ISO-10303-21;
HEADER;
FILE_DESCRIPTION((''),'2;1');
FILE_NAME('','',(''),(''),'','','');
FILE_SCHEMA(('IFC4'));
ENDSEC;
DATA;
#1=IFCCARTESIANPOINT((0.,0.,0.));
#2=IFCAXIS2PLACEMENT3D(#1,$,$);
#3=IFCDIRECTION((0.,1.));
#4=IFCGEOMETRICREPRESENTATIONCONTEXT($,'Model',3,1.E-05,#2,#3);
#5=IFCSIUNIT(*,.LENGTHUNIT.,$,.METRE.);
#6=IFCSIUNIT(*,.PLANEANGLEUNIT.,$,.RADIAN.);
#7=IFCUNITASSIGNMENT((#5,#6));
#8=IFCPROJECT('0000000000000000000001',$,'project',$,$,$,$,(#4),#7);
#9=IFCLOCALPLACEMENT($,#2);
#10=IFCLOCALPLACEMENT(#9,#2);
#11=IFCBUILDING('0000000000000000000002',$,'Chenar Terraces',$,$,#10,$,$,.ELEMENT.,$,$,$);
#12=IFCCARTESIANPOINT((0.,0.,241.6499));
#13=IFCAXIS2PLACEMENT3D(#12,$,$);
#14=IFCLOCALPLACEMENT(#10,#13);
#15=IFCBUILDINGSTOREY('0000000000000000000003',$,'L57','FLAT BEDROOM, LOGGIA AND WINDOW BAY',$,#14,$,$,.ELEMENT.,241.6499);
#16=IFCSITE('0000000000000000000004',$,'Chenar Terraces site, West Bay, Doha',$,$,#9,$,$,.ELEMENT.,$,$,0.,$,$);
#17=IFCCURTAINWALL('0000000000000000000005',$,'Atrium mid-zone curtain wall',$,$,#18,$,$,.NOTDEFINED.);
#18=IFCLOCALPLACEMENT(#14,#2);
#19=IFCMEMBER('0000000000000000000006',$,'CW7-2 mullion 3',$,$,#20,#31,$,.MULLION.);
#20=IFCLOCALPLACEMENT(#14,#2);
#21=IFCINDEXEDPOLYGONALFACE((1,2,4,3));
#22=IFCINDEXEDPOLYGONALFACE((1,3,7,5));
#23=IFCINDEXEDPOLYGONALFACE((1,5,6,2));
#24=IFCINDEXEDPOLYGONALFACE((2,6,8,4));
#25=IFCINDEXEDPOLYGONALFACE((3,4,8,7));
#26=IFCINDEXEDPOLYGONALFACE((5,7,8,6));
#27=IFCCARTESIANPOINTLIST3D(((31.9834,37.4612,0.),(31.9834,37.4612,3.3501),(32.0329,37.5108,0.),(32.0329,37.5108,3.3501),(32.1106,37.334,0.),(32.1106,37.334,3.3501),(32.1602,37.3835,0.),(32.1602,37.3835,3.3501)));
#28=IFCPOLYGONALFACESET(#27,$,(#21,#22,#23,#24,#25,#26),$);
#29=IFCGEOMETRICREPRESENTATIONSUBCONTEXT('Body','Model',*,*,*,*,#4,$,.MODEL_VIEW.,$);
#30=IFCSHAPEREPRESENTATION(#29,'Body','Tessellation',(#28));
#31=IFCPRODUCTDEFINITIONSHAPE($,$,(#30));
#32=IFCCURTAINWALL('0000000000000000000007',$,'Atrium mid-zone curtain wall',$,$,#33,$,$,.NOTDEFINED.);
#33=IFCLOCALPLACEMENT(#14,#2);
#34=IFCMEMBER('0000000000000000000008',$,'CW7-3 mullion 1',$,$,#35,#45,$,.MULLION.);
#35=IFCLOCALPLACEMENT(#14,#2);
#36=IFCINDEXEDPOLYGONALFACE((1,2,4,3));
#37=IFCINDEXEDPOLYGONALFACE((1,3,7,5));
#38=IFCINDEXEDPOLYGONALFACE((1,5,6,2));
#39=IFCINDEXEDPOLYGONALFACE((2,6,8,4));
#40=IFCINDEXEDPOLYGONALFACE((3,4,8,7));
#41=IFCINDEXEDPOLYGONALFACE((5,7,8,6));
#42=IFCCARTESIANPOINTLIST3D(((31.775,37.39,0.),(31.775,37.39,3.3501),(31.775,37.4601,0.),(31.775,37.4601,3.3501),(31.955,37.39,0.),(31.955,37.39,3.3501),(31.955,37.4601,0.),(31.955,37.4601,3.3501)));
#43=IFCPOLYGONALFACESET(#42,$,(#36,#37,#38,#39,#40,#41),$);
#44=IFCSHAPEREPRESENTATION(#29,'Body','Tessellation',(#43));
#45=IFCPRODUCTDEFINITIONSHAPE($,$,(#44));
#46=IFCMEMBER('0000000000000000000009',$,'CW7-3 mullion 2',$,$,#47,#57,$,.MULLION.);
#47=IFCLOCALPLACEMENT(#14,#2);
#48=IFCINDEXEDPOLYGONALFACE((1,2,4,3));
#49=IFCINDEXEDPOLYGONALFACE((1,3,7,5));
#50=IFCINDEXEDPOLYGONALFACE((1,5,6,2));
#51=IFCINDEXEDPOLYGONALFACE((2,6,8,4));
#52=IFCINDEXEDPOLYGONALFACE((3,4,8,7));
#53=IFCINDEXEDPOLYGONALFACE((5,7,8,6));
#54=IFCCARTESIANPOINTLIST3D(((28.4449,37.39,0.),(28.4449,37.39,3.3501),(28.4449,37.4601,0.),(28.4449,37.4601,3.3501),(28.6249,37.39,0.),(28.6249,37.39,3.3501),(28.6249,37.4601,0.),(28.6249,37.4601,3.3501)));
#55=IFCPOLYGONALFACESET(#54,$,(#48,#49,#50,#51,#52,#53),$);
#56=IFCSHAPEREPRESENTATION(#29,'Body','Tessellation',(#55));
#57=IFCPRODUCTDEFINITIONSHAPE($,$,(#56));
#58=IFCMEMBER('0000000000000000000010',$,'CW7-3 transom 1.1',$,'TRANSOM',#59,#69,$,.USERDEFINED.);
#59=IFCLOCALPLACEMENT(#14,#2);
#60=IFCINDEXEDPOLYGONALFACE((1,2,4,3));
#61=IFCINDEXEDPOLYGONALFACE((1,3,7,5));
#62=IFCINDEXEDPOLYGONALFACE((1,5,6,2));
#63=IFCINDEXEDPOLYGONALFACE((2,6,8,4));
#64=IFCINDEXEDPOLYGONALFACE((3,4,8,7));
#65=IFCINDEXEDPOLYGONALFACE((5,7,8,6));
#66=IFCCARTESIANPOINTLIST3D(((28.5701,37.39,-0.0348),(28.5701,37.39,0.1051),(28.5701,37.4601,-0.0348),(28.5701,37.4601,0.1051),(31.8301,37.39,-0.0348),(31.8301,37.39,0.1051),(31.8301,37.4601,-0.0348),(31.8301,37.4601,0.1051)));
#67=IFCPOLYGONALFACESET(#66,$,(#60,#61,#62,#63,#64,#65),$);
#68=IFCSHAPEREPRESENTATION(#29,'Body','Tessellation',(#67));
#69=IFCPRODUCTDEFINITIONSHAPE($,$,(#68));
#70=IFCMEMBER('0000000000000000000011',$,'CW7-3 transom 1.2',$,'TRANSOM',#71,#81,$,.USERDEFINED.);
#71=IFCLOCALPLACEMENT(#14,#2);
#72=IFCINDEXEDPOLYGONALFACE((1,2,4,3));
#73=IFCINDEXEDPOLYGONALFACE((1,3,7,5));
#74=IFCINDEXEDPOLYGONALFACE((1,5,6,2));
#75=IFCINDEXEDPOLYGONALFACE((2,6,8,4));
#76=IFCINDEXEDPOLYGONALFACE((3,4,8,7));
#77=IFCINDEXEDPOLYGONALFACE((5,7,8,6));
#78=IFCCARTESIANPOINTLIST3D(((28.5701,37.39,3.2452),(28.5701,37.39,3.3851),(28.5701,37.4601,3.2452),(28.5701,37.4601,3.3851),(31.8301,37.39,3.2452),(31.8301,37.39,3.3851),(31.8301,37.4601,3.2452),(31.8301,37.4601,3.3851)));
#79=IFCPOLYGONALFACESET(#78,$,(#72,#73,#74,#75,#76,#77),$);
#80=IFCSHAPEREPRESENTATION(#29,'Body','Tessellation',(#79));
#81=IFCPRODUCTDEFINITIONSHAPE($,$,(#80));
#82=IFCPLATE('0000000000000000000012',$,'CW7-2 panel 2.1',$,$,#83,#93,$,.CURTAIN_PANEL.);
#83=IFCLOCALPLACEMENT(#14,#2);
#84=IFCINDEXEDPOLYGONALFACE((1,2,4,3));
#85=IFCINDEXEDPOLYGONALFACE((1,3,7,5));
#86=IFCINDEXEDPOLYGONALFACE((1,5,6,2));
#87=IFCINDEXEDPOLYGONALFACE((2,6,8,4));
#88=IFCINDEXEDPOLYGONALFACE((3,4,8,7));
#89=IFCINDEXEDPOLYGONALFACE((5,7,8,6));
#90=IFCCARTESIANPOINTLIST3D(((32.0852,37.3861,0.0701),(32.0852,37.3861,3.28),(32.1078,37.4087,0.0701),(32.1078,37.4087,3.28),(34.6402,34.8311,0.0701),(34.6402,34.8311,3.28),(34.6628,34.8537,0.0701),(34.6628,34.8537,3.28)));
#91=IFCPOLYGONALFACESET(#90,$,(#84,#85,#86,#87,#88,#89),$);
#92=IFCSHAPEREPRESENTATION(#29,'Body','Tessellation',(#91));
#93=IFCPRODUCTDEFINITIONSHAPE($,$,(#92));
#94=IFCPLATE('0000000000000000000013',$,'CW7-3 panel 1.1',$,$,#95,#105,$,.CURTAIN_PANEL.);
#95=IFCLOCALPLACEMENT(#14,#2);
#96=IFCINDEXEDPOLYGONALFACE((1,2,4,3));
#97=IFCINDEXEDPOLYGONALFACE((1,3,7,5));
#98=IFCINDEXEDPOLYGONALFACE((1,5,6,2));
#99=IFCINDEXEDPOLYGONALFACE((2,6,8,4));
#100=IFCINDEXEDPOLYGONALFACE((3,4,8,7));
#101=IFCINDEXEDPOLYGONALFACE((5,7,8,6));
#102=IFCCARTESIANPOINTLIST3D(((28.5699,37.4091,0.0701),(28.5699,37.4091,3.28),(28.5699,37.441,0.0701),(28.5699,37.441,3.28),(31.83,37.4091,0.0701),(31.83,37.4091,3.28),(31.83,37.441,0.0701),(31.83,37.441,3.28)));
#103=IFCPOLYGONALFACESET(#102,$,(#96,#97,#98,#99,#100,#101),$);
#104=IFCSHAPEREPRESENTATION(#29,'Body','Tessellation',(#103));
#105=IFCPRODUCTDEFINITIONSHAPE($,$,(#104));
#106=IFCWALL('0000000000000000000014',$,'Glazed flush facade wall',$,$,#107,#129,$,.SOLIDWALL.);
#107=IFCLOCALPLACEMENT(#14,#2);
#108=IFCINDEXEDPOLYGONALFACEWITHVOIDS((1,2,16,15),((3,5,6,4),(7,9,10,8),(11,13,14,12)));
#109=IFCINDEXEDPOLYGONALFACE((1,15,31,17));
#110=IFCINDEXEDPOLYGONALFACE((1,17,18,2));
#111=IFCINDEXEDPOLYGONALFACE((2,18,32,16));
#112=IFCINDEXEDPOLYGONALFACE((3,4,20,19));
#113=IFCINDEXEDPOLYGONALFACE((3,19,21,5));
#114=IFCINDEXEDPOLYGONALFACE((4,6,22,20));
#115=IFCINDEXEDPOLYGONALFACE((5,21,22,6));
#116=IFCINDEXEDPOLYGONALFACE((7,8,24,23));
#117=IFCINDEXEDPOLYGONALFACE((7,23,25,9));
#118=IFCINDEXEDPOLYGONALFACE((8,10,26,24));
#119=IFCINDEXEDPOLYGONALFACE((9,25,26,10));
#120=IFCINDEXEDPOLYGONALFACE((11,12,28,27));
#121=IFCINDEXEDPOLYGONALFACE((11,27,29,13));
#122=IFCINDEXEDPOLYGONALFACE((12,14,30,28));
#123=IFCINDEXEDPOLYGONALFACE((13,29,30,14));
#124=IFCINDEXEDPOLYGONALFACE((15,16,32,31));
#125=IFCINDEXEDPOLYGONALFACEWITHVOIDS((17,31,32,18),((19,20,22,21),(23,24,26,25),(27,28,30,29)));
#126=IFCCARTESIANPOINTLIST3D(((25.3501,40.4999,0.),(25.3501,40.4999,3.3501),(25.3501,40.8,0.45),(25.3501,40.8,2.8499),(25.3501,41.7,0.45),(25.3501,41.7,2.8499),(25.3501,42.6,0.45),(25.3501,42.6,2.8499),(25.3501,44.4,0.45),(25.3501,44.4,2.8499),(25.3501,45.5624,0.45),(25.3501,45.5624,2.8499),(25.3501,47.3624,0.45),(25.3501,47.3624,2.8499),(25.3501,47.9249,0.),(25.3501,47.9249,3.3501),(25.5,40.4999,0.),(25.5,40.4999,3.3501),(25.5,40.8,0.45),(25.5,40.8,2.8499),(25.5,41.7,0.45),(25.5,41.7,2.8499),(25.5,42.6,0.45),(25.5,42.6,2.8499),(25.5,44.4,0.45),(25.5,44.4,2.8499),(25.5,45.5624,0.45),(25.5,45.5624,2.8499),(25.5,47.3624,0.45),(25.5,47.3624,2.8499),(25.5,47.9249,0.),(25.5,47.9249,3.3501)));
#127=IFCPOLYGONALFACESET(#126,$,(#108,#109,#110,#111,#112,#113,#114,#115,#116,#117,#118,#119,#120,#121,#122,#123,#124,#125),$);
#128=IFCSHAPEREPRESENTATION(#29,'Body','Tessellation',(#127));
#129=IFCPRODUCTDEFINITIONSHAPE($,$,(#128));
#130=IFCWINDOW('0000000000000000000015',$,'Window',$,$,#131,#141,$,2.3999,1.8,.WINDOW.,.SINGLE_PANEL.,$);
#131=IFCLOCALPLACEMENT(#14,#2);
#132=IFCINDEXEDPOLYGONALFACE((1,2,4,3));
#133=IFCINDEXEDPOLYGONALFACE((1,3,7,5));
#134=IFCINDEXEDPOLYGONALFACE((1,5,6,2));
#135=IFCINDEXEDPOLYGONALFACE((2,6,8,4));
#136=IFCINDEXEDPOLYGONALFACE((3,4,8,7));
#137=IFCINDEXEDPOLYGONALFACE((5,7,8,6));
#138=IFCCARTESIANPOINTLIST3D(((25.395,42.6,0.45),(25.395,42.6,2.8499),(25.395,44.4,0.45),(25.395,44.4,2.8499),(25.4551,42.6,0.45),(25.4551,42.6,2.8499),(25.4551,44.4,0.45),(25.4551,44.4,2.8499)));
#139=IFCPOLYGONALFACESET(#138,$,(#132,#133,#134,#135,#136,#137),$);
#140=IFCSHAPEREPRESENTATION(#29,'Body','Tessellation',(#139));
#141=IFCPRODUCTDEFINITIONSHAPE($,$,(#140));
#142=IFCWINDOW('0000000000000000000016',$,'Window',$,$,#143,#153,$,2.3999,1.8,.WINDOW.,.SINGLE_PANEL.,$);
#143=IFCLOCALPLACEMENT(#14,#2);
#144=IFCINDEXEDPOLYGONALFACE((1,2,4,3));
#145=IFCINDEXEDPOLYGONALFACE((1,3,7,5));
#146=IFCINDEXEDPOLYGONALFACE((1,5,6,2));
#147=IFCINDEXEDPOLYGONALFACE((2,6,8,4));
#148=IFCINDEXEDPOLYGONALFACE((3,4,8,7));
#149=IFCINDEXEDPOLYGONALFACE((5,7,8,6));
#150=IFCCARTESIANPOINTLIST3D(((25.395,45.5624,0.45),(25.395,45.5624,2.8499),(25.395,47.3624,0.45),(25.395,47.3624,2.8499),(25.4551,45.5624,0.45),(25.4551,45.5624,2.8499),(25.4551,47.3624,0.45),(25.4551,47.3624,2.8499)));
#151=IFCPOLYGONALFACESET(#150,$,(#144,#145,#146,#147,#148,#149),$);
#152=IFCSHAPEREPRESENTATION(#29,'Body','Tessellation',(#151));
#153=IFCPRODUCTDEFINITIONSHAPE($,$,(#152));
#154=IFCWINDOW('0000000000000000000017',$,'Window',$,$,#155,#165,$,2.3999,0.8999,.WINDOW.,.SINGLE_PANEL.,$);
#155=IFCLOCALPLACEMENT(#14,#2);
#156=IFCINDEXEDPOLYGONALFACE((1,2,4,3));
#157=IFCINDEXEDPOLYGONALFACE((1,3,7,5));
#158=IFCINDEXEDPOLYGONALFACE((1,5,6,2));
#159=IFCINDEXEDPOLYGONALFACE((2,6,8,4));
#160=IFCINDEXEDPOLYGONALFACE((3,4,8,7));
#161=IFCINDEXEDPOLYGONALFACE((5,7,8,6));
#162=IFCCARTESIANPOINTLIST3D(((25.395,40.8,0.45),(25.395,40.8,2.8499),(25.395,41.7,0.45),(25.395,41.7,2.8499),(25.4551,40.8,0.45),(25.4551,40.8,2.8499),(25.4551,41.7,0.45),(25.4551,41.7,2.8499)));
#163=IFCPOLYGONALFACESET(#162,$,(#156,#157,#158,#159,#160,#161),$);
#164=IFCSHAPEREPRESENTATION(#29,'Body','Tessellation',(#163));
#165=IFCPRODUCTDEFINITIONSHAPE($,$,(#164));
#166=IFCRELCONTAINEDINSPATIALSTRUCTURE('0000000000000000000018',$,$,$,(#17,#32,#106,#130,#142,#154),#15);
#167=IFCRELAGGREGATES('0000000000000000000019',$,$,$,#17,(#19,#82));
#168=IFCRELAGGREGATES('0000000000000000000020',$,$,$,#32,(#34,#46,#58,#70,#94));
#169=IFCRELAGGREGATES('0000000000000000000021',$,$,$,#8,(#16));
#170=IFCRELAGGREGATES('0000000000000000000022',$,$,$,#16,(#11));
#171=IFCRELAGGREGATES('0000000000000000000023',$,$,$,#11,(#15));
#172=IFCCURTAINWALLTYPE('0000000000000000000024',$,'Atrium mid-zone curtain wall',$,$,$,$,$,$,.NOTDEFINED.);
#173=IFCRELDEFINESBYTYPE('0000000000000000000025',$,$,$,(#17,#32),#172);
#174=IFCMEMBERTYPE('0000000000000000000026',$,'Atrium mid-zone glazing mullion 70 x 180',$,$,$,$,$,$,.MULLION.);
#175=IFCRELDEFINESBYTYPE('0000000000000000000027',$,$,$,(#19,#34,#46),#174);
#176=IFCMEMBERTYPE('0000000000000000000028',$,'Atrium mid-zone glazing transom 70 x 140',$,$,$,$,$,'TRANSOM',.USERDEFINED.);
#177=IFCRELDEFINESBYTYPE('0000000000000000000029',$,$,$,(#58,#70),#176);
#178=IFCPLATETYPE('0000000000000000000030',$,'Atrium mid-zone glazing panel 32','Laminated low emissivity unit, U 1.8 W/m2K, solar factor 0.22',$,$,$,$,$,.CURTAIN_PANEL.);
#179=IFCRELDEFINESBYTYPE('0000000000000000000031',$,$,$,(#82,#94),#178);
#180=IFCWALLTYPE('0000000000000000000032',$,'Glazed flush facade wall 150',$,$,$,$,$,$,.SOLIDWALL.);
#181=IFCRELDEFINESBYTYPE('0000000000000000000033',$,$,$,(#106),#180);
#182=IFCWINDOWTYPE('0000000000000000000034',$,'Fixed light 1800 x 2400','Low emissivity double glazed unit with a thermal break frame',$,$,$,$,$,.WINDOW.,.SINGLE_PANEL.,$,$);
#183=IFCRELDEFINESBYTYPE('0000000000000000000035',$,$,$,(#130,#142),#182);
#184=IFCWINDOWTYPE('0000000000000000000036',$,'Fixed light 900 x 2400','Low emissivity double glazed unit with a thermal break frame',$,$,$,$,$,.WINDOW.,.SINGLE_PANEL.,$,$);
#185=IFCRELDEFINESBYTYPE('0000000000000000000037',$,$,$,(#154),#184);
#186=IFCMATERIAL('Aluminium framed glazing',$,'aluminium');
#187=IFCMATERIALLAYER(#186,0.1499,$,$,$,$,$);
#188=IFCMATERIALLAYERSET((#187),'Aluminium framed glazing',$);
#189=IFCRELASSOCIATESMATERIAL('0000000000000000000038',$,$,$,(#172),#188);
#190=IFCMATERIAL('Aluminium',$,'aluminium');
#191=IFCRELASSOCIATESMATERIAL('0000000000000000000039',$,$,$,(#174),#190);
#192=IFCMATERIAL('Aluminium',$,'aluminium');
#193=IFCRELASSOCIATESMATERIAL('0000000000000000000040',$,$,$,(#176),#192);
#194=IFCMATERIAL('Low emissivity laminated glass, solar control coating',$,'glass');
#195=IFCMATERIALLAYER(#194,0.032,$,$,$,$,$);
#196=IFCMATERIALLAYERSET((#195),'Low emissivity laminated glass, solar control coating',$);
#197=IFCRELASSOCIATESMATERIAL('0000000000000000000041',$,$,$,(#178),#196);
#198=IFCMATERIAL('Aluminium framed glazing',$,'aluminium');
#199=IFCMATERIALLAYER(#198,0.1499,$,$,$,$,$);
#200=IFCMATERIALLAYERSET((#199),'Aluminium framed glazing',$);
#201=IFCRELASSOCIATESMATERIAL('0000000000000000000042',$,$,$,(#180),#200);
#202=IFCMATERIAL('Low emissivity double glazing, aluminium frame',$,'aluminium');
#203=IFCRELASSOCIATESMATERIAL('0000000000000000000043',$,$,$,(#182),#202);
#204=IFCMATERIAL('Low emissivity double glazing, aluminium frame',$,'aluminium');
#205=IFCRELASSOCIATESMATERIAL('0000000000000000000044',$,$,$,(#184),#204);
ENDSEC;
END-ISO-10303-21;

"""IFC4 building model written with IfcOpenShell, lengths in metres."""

from ifc_helpers import new_model, si_unit, direction, frame, frame_2d, origin, origin_2d, place, context, subcontext, project, spatial, rectangle, extrude, material, layer, layer_set, material_profile, profile_set, type_object, element, fill, aggregate, save


model = new_model("IFC4")

# Units and contexts
model_context = context("Model", 3, precision=1e-05, world=origin(), true_north=direction((0.0, 1.0)))
body_context = subcontext(model_context, "Body", "Model", "MODEL_VIEW")
ifc_project = project(units=[si_unit("LENGTHUNIT", "METRE"), si_unit("PLANEANGLEUNIT", "RADIAN")], contexts=[model_context])

# Site, building, storey
site_placement = place(None, origin())
site = spatial("IfcSite", under=ifc_project, at=site_placement, Name="Chenar Terraces site, West Bay, Doha", CompositionType="ELEMENT", RefElevation=0.0)
building_placement = place(site_placement, origin())
building = spatial("IfcBuilding", under=site, at=building_placement, Name="Chenar Terraces", CompositionType="ELEMENT")
storey_placement = place(building_placement, frame((0.0, 0.0, 241.6499)))
storey = spatial("IfcBuildingStorey", under=building, at=storey_placement, Name="L57", Description="FLAT BEDROOM, LOGGIA AND WINDOW BAY", CompositionType="ELEMENT", Elevation=241.6499)

# Curtain wall, member
ifc_material_1 = material(Name="Aluminium framed glazing", Category="aluminium")
ifc_layer_1 = layer(ifc_material_1, 0.1499)
ifc_layer_set_1 = layer_set([ifc_layer_1], Name="Aluminium framed glazing")
curtain_wall_type = type_object("IfcCurtainWallType", Name="Atrium mid-zone curtain wall", PredefinedType="NOTDEFINED", material=ifc_layer_set_1)
placement = place(storey_placement, origin())
curtain_wall_1 = element("IfcCurtainWall", 1, at=placement, inside=storey, type_object=curtain_wall_type, Name="Atrium mid-zone curtain wall", PredefinedType="NOTDEFINED")
ifc_material_2 = material(Name="Aluminium", Category="aluminium")
ifc_material_profile_1 = material_profile(ifc_material_2, rectangle(XDim=0.0701, YDim=0.1799, at=origin_2d()), Name="Atrium mid-zone glazing mullion 70 x 180")
ifc_profile_set_1 = profile_set([ifc_material_profile_1], Name="Aluminium")
member_type_1 = type_object("IfcMemberType", Name="Atrium mid-zone glazing mullion 70 x 180", PredefinedType="MULLION", material=ifc_profile_set_1)
member_1_placement = place(storey_placement, frame((32.0718, 37.4224, 0.0), z_axis=(0.0, 0.0, 1.0), x_axis=(-0.707107, -0.707107, 0.0)))
member_1 = element("IfcMember", 2, at=member_1_placement, type_object=member_type_1, Name="CW7-2 mullion 3", PredefinedType="MULLION", context=body_context, shape_type="SweptSolid", body=[
    extrude(rectangle(XDim=0.0701, YDim=0.1799, at=origin_2d()), origin(), (0.0, 0.0, 1.0), 3.3501),
])

# Curtain wall, members
curtain_wall_2 = element("IfcCurtainWall", 3, at=placement, inside=storey, type_object=curtain_wall_type, Name="Atrium mid-zone curtain wall", PredefinedType="NOTDEFINED")
member_2_placement = place(storey_placement, frame((31.865, 37.425, 0.0), z_axis=(0.0, 0.0, 1.0), x_axis=(0.0, -1.0, 0.0)))
member_2 = element("IfcMember", 4, at=member_2_placement, type_object=member_type_1, Name="CW7-3 mullion 1", PredefinedType="MULLION", context=body_context, shape_type="SweptSolid", body=[
    extrude(rectangle(XDim=0.0701, YDim=0.1799, at=origin_2d()), origin(), (0.0, 0.0, 1.0), 3.3501),
])
member_3_placement = place(storey_placement, frame((28.5349, 37.425, 0.0), z_axis=(0.0, 0.0, 1.0), x_axis=(0.0, -1.0, 0.0)))
member_3 = element("IfcMember", 5, at=member_3_placement, type_object=member_type_1, Name="CW7-3 mullion 2", PredefinedType="MULLION", context=body_context, shape_type="SweptSolid", body=[
    extrude(rectangle(XDim=0.0701, YDim=0.1799, at=origin_2d()), origin(), (0.0, 0.0, 1.0), 3.3501),
])
ifc_material_3 = material(Name="Aluminium", Category="aluminium")
ifc_material_profile_2 = material_profile(ifc_material_3, rectangle(XDim=0.0701, YDim=0.1399, at=origin_2d()), Name="Atrium mid-zone glazing transom 70 x 140")
ifc_profile_set_2 = profile_set([ifc_material_profile_2], Name="Aluminium")
member_type_2 = type_object("IfcMemberType", Name="Atrium mid-zone glazing transom 70 x 140", ElementType="TRANSOM", PredefinedType="USERDEFINED", material=ifc_profile_set_2)
member_4_placement = place(storey_placement, frame((31.8301, 37.425, 0.0352), z_axis=(-1.0, 0.0, 0.0), x_axis=(0.0, -1.0, 0.0)))
member_4 = element("IfcMember", 6, at=member_4_placement, type_object=member_type_2, Name="CW7-3 transom 1.1", ObjectType="TRANSOM", PredefinedType="USERDEFINED", context=body_context, shape_type="SweptSolid", body=[
    extrude(rectangle(XDim=0.0701, YDim=0.1399, at=origin_2d()), origin(), (0.0, 0.0, 1.0), 3.26),
])
member_5_placement = place(storey_placement, frame((31.8301, 37.425, 3.3152), z_axis=(-1.0, 0.0, 0.0), x_axis=(0.0, -1.0, 0.0)))
member_5 = element("IfcMember", 7, at=member_5_placement, type_object=member_type_2, Name="CW7-3 transom 1.2", ObjectType="TRANSOM", PredefinedType="USERDEFINED", context=body_context, shape_type="SweptSolid", body=[
    extrude(rectangle(XDim=0.0701, YDim=0.1399, at=origin_2d()), origin(), (0.0, 0.0, 1.0), 3.26),
])

# Plates
ifc_material_4 = material(Name="Low emissivity laminated glass, solar control coating", Category="glass")
ifc_layer_2 = layer(ifc_material_4, 0.032)
ifc_layer_set_2 = layer_set([ifc_layer_2], Name="Low emissivity laminated glass, solar control coating")
plate_type = type_object("IfcPlateType", Name="Atrium mid-zone glazing panel 32", Description="Laminated low emissivity unit, U 1.8 W/m2K, solar factor 0.22", PredefinedType="CURTAIN_PANEL", material=ifc_layer_set_2)
plate_1_placement = place(storey_placement, frame((33.374, 36.1199, 0.0701), z_axis=(0.0, 0.0, 1.0), x_axis=(-0.707107, 0.707107, 0.0)))
plate_1 = element("IfcPlate", 8, at=plate_1_placement, type_object=plate_type, Name="CW7-2 panel 2.1", PredefinedType="CURTAIN_PANEL", context=body_context, shape_type="SweptSolid", body=[
    extrude(rectangle(XDim=3.6133, YDim=0.032, at=origin_2d()), origin(), (0.0, 0.0, 1.0), 3.21),
])
aggregate(curtain_wall_1, [member_1, plate_1])
plate_2_placement = place(storey_placement, frame((30.2, 37.425, 0.0701), z_axis=(0.0, 0.0, 1.0), x_axis=(-1.0, 0.0, 0.0)))
plate_2 = element("IfcPlate", 9, at=plate_2_placement, type_object=plate_type, Name="CW7-3 panel 1.1", PredefinedType="CURTAIN_PANEL", context=body_context, shape_type="SweptSolid", body=[
    extrude(rectangle(XDim=3.26, YDim=0.032, at=origin_2d()), origin(), (0.0, 0.0, 1.0), 3.21),
])
aggregate(curtain_wall_2, [member_2, member_3, member_4, member_5, plate_2])

# Wall, openings, windows
ifc_material_5 = material(Name="Aluminium framed glazing", Category="aluminium")
ifc_layer_3 = layer(ifc_material_5, 0.1499)
ifc_layer_set_3 = layer_set([ifc_layer_3], Name="Aluminium framed glazing")
wall_type_1 = type_object("IfcWallType", Name="Glazed flush facade wall 150", PredefinedType="SOLIDWALL", material=ifc_layer_set_3)
wall_1_placement = place(storey_placement, frame((25.425, 40.5, 0.0), z_axis=(0.0, 0.0, 1.0), x_axis=(0.0, 1.0, 0.0)))
wall_1 = element("IfcWall", 10, at=wall_1_placement, inside=storey, type_object=wall_type_1, Name="Glazed flush facade wall", PredefinedType="SOLIDWALL", context=body_context, shape_type="SweptSolid", body=[
    extrude(rectangle(XDim=7.425, YDim=0.1499, at=frame_2d((3.7124, 0.0))), origin(), (0.0, 0.0, 1.0), 3.3501),
])
opening_1_placement = place(wall_1_placement, frame((0.3, 0.0, 0.45)))
opening_1 = element("IfcOpeningElement", 11, at=opening_1_placement, cuts=wall_1, PredefinedType="OPENING", context=body_context, shape_type="SweptSolid", body=[
    extrude(rectangle(XDim=0.8999, YDim=2.3999, at=frame_2d((0.45, 1.2))), frame((0.0, 0.085, 0.0), z_axis=(0.0, -1.0, 0.0), x_axis=(1.0, 0.0, 0.0)), (0.0, 0.0, 1.0), 0.1699),
])
opening_2_placement = place(wall_1_placement, frame((2.1001, 0.0, 0.45)))
opening_2 = element("IfcOpeningElement", 12, at=opening_2_placement, cuts=wall_1, PredefinedType="OPENING", context=body_context, shape_type="SweptSolid", body=[
    extrude(rectangle(XDim=1.8, YDim=2.3999, at=frame_2d((0.8999, 1.2))), frame((0.0, 0.085, 0.0), z_axis=(0.0, -1.0, 0.0), x_axis=(1.0, 0.0, 0.0)), (0.0, 0.0, 1.0), 0.1699),
])
opening_3_placement = place(wall_1_placement, frame((5.0625, 0.0, 0.45)))
opening_3 = element("IfcOpeningElement", 13, at=opening_3_placement, cuts=wall_1, PredefinedType="OPENING", context=body_context, shape_type="SweptSolid", body=[
    extrude(rectangle(XDim=1.8, YDim=2.3999, at=frame_2d((0.8999, 1.2))), frame((0.0, 0.085, 0.0), z_axis=(0.0, -1.0, 0.0), x_axis=(1.0, 0.0, 0.0)), (0.0, 0.0, 1.0), 0.1699),
])
ifc_material_6 = material(Name="Low emissivity double glazing, aluminium frame", Category="aluminium")
window_type_1 = type_object("IfcWindowType", Name="Fixed light 1800 x 2400", Description="Low emissivity double glazed unit with a thermal break frame", PartitioningType="SINGLE_PANEL", PredefinedType="WINDOW", material=ifc_material_6)
window_1_placement = place(opening_2_placement, origin())
window_1 = element("IfcWindow", 14, at=window_1_placement, inside=storey, type_object=window_type_1, Name="Window", OverallHeight=2.3999, OverallWidth=1.8, PartitioningType="SINGLE_PANEL", PredefinedType="WINDOW", context=body_context, shape_type="SweptSolid", body=[
    extrude(rectangle(XDim=1.8, YDim=2.3999, at=frame_2d((0.8999, 1.2))), frame((0.0, 0.03, 0.0), z_axis=(0.0, -1.0, 0.0), x_axis=(1.0, 0.0, 0.0)), (0.0, 0.0, 1.0), 0.0601),
])
fill(opening_2, window_1)
window_2_placement = place(opening_3_placement, origin())
window_2 = element("IfcWindow", 15, at=window_2_placement, inside=storey, type_object=window_type_1, Name="Window", OverallHeight=2.3999, OverallWidth=1.8, PartitioningType="SINGLE_PANEL", PredefinedType="WINDOW", context=body_context, shape_type="SweptSolid", body=[
    extrude(rectangle(XDim=1.8, YDim=2.3999, at=frame_2d((0.8999, 1.2))), frame((0.0, 0.03, 0.0), z_axis=(0.0, -1.0, 0.0), x_axis=(1.0, 0.0, 0.0)), (0.0, 0.0, 1.0), 0.0601),
])
fill(opening_3, window_2)
ifc_material_7 = material(Name="Low emissivity double glazing, aluminium frame", Category="aluminium")
window_type_2 = type_object("IfcWindowType", Name="Fixed light 900 x 2400", Description="Low emissivity double glazed unit with a thermal break frame", PartitioningType="SINGLE_PANEL", PredefinedType="WINDOW", material=ifc_material_7)
window_3_placement = place(opening_1_placement, origin())
window_3 = element("IfcWindow", 16, at=window_3_placement, inside=storey, type_object=window_type_2, Name="Window", OverallHeight=2.3999, OverallWidth=0.8999, PartitioningType="SINGLE_PANEL", PredefinedType="WINDOW", context=body_context, shape_type="SweptSolid", body=[
    extrude(rectangle(XDim=0.8999, YDim=2.3999, at=frame_2d((0.45, 1.2))), frame((0.0, 0.03, 0.0), z_axis=(0.0, -1.0, 0.0), x_axis=(1.0, 0.0, 0.0)), (0.0, 0.0, 1.0), 0.0601),
])
fill(opening_1, window_3)

save(model, "model.ifc")
